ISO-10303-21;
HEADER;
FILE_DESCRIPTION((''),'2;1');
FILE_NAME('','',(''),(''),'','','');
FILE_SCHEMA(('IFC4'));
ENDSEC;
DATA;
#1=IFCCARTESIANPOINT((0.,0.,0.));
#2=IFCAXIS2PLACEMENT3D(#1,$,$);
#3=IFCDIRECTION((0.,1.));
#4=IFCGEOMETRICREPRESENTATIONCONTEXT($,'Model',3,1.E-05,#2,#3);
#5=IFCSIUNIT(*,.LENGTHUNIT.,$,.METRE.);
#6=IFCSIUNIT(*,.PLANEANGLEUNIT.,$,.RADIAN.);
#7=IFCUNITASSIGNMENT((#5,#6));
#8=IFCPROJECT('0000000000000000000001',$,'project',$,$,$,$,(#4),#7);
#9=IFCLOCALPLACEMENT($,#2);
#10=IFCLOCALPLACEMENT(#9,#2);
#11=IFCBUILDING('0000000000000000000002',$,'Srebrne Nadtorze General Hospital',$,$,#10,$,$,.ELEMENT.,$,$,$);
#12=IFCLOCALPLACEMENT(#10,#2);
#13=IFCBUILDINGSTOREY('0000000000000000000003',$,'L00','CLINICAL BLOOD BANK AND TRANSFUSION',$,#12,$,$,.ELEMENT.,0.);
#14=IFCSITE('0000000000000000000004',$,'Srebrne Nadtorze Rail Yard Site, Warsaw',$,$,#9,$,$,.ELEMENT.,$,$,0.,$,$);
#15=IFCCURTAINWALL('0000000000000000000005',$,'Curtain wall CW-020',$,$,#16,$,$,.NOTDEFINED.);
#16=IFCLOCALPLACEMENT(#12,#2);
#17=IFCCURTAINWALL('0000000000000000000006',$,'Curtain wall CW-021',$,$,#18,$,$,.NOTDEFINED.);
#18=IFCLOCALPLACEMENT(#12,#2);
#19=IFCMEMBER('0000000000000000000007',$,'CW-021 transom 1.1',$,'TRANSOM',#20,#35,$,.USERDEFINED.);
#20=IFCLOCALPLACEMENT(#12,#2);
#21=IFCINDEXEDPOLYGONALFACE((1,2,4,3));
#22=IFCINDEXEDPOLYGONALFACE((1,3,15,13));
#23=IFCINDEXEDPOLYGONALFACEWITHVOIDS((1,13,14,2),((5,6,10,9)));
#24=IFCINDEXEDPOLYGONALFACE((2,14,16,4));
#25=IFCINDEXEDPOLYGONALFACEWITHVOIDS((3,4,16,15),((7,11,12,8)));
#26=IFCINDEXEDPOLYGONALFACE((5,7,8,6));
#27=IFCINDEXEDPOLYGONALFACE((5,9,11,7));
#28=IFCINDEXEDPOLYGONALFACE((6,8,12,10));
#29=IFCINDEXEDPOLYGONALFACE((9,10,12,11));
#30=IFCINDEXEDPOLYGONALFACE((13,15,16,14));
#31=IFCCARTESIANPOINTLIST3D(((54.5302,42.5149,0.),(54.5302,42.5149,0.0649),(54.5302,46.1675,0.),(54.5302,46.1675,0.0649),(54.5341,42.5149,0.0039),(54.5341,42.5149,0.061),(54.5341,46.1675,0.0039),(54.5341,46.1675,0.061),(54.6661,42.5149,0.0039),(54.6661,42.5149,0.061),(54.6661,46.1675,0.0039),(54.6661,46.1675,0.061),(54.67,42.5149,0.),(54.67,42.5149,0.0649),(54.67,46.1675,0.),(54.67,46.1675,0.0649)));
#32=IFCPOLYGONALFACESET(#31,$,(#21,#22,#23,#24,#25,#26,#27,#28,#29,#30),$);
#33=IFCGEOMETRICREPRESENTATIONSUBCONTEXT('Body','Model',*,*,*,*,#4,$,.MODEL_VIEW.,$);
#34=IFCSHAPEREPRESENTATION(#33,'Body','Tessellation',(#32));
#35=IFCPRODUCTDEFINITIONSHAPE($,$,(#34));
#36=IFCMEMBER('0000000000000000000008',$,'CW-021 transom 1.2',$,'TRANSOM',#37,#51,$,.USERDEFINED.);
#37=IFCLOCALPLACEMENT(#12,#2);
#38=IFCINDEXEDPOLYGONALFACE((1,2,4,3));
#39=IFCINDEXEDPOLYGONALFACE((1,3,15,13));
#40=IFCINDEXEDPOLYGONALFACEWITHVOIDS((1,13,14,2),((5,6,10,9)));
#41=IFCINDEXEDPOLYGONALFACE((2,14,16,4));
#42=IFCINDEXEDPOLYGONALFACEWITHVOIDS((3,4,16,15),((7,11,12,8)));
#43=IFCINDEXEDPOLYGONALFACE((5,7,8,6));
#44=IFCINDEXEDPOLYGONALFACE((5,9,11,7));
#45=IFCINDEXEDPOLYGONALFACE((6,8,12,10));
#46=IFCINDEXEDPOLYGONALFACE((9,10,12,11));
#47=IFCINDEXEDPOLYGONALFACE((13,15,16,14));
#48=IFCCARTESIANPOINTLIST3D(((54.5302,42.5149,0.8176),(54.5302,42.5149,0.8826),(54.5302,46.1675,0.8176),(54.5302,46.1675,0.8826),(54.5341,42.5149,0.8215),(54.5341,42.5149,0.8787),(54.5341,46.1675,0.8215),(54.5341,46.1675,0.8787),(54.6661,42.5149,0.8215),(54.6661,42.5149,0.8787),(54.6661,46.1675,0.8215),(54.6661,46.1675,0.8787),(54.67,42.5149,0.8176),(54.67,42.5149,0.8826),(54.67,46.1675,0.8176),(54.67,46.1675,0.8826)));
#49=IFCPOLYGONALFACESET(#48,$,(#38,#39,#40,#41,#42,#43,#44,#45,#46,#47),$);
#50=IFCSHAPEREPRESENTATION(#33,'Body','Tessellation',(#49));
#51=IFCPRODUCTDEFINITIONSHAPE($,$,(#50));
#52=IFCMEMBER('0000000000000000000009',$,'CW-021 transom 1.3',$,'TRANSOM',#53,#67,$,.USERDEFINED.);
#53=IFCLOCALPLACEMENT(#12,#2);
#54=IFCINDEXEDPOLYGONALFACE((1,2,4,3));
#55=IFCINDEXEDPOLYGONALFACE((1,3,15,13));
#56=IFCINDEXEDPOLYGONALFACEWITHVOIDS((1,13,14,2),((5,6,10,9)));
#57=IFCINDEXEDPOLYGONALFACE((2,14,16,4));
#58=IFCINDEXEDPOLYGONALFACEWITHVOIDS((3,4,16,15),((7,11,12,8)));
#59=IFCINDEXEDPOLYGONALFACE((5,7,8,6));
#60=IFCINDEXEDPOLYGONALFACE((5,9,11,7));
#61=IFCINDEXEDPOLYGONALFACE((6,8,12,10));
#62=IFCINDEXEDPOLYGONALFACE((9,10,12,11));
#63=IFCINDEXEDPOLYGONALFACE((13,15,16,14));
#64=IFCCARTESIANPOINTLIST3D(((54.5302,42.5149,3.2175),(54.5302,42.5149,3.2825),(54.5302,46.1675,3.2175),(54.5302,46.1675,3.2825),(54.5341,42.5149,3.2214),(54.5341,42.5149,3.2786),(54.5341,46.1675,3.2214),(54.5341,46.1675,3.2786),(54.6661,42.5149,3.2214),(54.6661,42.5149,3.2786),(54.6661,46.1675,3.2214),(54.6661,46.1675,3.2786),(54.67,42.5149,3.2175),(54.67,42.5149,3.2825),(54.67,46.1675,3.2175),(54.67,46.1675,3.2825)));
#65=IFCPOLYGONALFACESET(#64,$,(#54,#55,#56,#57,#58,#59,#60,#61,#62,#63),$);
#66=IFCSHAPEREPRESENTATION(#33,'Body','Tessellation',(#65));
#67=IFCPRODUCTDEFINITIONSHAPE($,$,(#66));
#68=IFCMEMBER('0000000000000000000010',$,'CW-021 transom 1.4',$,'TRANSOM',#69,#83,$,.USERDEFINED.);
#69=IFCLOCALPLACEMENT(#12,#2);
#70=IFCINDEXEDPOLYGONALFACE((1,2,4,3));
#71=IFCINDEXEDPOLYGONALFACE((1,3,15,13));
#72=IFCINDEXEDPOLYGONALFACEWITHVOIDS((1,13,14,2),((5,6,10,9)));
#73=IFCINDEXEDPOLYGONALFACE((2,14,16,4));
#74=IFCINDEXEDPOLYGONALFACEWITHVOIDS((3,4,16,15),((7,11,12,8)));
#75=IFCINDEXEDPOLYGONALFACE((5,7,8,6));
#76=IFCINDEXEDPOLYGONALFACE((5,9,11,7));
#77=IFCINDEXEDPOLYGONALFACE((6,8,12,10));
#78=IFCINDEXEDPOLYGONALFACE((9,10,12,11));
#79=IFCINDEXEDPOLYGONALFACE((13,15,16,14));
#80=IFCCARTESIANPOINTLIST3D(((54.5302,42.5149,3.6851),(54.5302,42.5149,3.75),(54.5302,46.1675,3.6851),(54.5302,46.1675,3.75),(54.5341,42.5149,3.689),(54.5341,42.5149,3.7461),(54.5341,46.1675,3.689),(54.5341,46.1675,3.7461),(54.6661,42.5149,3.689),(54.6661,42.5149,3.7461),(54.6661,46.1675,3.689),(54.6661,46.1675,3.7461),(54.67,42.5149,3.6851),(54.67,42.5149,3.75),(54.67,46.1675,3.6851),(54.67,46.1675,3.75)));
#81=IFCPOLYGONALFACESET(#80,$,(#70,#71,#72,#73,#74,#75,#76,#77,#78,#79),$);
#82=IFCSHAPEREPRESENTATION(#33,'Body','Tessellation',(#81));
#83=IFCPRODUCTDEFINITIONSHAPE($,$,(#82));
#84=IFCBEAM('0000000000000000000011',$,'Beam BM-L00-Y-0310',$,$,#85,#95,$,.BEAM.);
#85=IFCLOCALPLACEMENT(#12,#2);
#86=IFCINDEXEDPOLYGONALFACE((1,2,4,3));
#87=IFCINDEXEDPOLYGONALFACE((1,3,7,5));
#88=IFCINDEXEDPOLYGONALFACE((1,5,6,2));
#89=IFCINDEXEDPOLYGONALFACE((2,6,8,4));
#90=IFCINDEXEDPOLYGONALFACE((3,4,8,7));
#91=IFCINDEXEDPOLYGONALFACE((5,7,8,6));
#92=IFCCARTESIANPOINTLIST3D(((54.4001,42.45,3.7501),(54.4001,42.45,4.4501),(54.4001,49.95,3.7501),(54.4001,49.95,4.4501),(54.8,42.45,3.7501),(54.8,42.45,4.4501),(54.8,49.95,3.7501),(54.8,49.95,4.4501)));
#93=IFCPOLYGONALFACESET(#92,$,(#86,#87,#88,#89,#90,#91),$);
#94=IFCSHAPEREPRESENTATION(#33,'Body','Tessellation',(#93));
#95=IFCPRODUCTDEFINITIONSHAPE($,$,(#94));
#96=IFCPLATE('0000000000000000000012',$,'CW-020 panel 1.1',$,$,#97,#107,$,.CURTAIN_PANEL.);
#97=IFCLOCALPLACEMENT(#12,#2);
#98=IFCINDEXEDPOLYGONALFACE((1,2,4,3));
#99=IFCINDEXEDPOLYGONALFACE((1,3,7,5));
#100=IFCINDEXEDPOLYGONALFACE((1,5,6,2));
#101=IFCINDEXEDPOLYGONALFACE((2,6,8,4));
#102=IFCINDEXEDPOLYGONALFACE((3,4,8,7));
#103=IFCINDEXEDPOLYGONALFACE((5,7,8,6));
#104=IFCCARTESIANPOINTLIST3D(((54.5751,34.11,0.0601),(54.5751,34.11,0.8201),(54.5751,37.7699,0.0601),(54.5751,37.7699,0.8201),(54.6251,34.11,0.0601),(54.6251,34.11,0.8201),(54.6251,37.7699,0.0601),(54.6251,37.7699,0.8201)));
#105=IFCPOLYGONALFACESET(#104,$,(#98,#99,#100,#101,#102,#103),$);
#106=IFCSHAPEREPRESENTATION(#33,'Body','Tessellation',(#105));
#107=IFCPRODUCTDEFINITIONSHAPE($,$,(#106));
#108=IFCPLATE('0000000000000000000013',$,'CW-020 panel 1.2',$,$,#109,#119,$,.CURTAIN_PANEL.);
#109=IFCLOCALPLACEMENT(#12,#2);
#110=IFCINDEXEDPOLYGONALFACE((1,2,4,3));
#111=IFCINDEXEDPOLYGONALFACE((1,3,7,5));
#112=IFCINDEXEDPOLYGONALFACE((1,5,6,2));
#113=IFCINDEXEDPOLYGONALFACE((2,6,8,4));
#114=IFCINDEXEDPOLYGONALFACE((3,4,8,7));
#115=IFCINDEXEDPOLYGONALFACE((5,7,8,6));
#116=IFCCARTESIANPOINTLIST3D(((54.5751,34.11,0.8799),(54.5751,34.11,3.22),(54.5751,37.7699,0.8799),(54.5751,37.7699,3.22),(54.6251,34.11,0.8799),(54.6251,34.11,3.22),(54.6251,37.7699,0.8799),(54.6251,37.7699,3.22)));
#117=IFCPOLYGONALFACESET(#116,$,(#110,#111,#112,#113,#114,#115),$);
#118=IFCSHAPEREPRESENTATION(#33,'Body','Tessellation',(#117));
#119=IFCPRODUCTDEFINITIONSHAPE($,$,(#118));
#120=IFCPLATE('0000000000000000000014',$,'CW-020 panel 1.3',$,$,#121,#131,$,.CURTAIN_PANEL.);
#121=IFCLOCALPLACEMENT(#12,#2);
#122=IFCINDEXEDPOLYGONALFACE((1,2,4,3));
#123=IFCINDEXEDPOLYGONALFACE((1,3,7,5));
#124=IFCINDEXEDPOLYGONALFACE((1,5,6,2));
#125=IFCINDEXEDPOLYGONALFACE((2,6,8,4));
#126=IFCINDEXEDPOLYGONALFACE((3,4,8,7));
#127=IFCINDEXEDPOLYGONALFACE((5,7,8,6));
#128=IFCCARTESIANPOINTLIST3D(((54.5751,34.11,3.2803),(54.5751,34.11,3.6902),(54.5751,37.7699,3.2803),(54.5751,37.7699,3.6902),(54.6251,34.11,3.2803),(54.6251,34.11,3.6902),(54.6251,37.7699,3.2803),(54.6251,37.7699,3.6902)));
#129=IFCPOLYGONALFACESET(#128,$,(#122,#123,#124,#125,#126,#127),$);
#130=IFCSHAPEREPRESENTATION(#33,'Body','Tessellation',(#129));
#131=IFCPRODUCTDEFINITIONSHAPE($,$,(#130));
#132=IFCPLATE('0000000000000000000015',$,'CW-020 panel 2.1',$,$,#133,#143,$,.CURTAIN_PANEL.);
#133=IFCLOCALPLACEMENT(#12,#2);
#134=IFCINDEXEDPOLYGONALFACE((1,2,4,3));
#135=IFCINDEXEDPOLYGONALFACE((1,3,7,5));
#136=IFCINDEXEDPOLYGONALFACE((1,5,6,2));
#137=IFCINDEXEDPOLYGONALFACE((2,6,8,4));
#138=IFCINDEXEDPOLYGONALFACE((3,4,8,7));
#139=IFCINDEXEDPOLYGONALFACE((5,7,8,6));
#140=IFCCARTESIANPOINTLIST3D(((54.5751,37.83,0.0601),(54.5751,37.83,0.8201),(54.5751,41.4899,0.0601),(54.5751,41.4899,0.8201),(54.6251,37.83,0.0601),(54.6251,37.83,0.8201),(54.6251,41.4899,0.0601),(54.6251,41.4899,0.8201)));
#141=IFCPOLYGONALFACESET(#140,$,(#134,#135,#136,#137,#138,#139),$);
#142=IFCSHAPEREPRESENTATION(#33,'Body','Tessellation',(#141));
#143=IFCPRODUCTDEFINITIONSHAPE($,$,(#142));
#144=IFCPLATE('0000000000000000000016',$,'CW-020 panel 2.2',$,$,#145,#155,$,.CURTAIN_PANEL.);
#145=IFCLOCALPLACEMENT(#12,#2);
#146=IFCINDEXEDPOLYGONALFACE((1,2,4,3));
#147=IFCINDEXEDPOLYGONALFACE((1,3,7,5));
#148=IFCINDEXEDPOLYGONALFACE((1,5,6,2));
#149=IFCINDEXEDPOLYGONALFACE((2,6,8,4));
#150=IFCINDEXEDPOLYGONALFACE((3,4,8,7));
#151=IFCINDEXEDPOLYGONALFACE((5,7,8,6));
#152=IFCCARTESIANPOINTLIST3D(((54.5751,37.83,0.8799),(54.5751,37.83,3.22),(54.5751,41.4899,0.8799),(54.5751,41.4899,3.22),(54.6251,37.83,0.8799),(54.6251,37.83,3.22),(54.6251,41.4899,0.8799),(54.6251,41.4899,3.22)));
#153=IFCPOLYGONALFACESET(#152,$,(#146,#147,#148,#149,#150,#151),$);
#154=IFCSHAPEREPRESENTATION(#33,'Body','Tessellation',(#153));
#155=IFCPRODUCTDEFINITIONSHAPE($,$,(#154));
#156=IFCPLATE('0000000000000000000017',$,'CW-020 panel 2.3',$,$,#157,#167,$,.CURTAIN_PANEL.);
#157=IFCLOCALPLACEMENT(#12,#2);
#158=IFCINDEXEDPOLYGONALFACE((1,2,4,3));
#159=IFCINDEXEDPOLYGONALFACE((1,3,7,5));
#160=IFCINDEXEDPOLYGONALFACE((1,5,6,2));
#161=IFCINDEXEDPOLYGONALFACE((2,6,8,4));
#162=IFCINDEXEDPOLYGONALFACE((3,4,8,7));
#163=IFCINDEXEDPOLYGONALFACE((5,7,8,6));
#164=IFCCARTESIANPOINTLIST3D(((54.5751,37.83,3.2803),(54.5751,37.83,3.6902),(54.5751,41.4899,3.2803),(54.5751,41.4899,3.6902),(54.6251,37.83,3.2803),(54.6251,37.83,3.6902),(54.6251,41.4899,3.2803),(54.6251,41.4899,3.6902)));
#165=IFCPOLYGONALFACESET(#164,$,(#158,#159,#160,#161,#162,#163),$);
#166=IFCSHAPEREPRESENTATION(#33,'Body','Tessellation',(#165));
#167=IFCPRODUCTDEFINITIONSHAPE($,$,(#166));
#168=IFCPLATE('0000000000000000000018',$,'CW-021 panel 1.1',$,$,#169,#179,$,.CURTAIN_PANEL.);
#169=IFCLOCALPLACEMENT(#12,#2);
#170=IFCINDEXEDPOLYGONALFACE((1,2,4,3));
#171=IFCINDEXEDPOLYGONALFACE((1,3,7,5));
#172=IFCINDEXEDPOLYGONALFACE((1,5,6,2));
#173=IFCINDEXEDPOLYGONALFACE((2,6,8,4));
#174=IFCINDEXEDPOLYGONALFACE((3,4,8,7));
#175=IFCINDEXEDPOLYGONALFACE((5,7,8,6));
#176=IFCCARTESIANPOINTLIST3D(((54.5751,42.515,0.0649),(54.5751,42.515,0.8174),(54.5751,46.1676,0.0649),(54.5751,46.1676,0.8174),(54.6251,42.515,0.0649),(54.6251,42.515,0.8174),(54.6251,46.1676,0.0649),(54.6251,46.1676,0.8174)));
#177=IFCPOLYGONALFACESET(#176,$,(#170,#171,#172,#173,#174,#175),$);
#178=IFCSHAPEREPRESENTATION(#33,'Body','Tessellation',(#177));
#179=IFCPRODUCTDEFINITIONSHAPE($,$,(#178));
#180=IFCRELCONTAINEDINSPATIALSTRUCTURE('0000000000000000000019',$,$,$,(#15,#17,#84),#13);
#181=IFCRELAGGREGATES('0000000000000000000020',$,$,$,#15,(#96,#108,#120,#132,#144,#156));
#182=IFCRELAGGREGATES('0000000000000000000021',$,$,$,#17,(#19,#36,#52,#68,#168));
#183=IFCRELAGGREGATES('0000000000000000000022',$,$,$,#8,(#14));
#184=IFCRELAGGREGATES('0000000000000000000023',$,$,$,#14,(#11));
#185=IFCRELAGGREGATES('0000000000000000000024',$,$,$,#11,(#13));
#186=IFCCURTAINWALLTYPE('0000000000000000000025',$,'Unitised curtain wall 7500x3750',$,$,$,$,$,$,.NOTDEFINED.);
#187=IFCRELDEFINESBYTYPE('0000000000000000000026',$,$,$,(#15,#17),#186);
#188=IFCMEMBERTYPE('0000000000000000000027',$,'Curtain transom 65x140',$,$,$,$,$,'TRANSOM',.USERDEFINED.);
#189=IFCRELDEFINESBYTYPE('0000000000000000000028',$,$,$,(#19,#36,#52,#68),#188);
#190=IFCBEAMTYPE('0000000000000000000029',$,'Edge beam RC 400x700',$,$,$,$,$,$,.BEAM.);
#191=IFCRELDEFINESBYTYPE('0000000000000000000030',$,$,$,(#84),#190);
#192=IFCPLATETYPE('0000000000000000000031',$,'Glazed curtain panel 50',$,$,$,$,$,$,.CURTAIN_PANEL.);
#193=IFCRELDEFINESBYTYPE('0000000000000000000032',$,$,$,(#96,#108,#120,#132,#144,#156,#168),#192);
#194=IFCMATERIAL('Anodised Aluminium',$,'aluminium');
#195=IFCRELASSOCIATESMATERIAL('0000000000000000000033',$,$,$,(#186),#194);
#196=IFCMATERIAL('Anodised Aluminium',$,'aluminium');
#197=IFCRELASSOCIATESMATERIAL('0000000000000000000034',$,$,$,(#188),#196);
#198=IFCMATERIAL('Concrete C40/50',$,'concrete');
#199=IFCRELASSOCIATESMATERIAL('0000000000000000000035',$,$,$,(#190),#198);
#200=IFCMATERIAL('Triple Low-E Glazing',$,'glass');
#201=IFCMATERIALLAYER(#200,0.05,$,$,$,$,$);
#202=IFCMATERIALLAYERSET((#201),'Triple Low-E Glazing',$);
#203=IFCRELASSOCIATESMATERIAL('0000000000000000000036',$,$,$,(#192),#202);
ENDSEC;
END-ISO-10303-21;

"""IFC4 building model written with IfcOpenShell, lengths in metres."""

from ifc_helpers import new_model, si_unit, direction, frame, origin, origin_2d, place, context, subcontext, project, spatial, rectangle, hollow_rectangle, extrude, material, layer, layer_set, material_profile, profile_set, type_object, element, aggregate, save


model = new_model("IFC4")

# Units and contexts
model_context = context("Model", 3, precision=1e-05, world=origin(), true_north=direction((0.0, 1.0)))
body_context = subcontext(model_context, "Body", "Model", "MODEL_VIEW")
ifc_project = project(units=[si_unit("LENGTHUNIT", "METRE"), si_unit("PLANEANGLEUNIT", "RADIAN")], contexts=[model_context])

# Site, building, storey
site_placement = place(None, origin())
site = spatial("IfcSite", under=ifc_project, at=site_placement, Name="Srebrne Nadtorze Rail Yard Site, Warsaw", CompositionType="ELEMENT", RefElevation=0.0)
building_placement = place(site_placement, origin())
building = spatial("IfcBuilding", under=site, at=building_placement, Name="Srebrne Nadtorze General Hospital", CompositionType="ELEMENT")
storey_placement = place(building_placement, origin())
storey = spatial("IfcBuildingStorey", under=building, at=storey_placement, Name="L00", Description="CLINICAL BLOOD BANK AND TRANSFUSION", CompositionType="ELEMENT", Elevation=0.0)

# Curtain wall
ifc_material_1 = material(Name="Anodised Aluminium", Category="aluminium")
curtain_wall_type = type_object("IfcCurtainWallType", Name="Unitised curtain wall 7500x3750", PredefinedType="NOTDEFINED", material=ifc_material_1)
curtain_wall_1_placement = place(storey_placement, origin())
curtain_wall_1 = element("IfcCurtainWall", 1, at=curtain_wall_1_placement, inside=storey, type_object=curtain_wall_type, Name="Curtain wall CW-020", PredefinedType="NOTDEFINED")

# Curtain wall
curtain_wall_2_placement = place(storey_placement, origin())
curtain_wall_2 = element("IfcCurtainWall", 2, at=curtain_wall_2_placement, inside=storey, type_object=curtain_wall_type, Name="Curtain wall CW-021", PredefinedType="NOTDEFINED")

# Members
ifc_material_2 = material(Name="Anodised Aluminium", Category="aluminium")
ifc_material_profile_1 = material_profile(ifc_material_2, hollow_rectangle(XDim=0.0649, YDim=0.1399, WallThickness=0.0039, at=origin_2d()), Name="AL-TRN-65x140")
ifc_profile_set_1 = profile_set([ifc_material_profile_1], Name="Anodised Aluminium")
member_type_1 = type_object("IfcMemberType", Name="Curtain transom 65x140", ElementType="TRANSOM", PredefinedType="USERDEFINED", material=ifc_profile_set_1)
member_1_placement = place(storey_placement, frame((54.6001, 42.5149, 0.0325), z_axis=(0.0, 1.0, 0.0), x_axis=(0.0, 0.0, 1.0)))
member_1 = element("IfcMember", 3, at=member_1_placement, type_object=member_type_1, Name="CW-021 transom 1.1", ObjectType="TRANSOM", PredefinedType="USERDEFINED", context=body_context, shape_type="SweptSolid", body=[
    extrude(hollow_rectangle(XDim=0.0649, YDim=0.1399, WallThickness=0.0039, at=origin_2d()), origin(), (0.0, 0.0, 1.0), 3.6526),
])
member_2_placement = place(storey_placement, frame((54.6001, 42.5149, 0.8501), z_axis=(0.0, 1.0, 0.0), x_axis=(0.0, 0.0, 1.0)))
member_2 = element("IfcMember", 4, at=member_2_placement, type_object=member_type_1, Name="CW-021 transom 1.2", ObjectType="TRANSOM", PredefinedType="USERDEFINED", context=body_context, shape_type="SweptSolid", body=[
    extrude(hollow_rectangle(XDim=0.0649, YDim=0.1399, WallThickness=0.0039, at=origin_2d()), origin(), (0.0, 0.0, 1.0), 3.6526),
])
member_3_placement = place(storey_placement, frame((54.6001, 42.5149, 3.25), z_axis=(0.0, 1.0, 0.0), x_axis=(0.0, 0.0, 1.0)))
member_3 = element("IfcMember", 5, at=member_3_placement, type_object=member_type_1, Name="CW-021 transom 1.3", ObjectType="TRANSOM", PredefinedType="USERDEFINED", context=body_context, shape_type="SweptSolid", body=[
    extrude(hollow_rectangle(XDim=0.0649, YDim=0.1399, WallThickness=0.0039, at=origin_2d()), origin(), (0.0, 0.0, 1.0), 3.6526),
])
member_4_placement = place(storey_placement, frame((54.6001, 42.5149, 3.7175), z_axis=(0.0, 1.0, 0.0), x_axis=(0.0, 0.0, 1.0)))
member_4 = element("IfcMember", 6, at=member_4_placement, type_object=member_type_1, Name="CW-021 transom 1.4", ObjectType="TRANSOM", PredefinedType="USERDEFINED", context=body_context, shape_type="SweptSolid", body=[
    extrude(hollow_rectangle(XDim=0.0649, YDim=0.1399, WallThickness=0.0039, at=origin_2d()), origin(), (0.0, 0.0, 1.0), 3.6526),
])

# Beam
ifc_material_3 = material(Name="Concrete C40/50", Category="concrete")
ifc_material_profile_2 = material_profile(ifc_material_3, rectangle(XDim=0.3999, YDim=0.7, at=origin_2d()), Name="RC-BM-400x700")
ifc_profile_set_2 = profile_set([ifc_material_profile_2], Name="Concrete C40/50")
beam_type = type_object("IfcBeamType", Name="Edge beam RC 400x700", PredefinedType="BEAM", material=ifc_profile_set_2)
beam_placement = place(storey_placement, frame((54.6001, 42.45, 4.1001), z_axis=(0.0, 1.0, 0.0), x_axis=(-1.0, 0.0, 0.0)))
element("IfcBeam", 7, at=beam_placement, inside=storey, type_object=beam_type, Name="Beam BM-L00-Y-0310", PredefinedType="BEAM", context=body_context, shape_type="SweptSolid", body=[
    extrude(rectangle(XDim=0.3999, YDim=0.7, at=origin_2d()), origin(), (0.0, 0.0, 1.0), 7.5),
])

# Plates
ifc_material_4 = material(Name="Triple Low-E Glazing", Category="glass")
ifc_layer = layer(ifc_material_4, 0.05)
ifc_layer_set = layer_set([ifc_layer], Name="Triple Low-E Glazing")
plate_type = type_object("IfcPlateType", Name="Glazed curtain panel 50", PredefinedType="CURTAIN_PANEL", material=ifc_layer_set)
plate_1_placement = place(storey_placement, frame((54.6001, 35.9399, 0.0601), z_axis=(0.0, 0.0, 1.0), x_axis=(0.0, 1.0, 0.0)))
plate_1 = element("IfcPlate", 8, at=plate_1_placement, type_object=plate_type, Name="CW-020 panel 1.1", PredefinedType="CURTAIN_PANEL", context=body_context, shape_type="SweptSolid", body=[
    extrude(rectangle(XDim=3.6599, YDim=0.05, at=origin_2d()), origin(), (0.0, 0.0, 1.0), 0.76),
])
plate_2_placement = place(storey_placement, frame((54.6001, 35.9399, 0.8799), z_axis=(0.0, 0.0, 1.0), x_axis=(0.0, 1.0, 0.0)))
plate_2 = element("IfcPlate", 9, at=plate_2_placement, type_object=plate_type, Name="CW-020 panel 1.2", PredefinedType="CURTAIN_PANEL", context=body_context, shape_type="SweptSolid", body=[
    extrude(rectangle(XDim=3.6599, YDim=0.05, at=origin_2d()), origin(), (0.0, 0.0, 1.0), 2.3401),
])
plate_3_placement = place(storey_placement, frame((54.6001, 35.9399, 3.2803), z_axis=(0.0, 0.0, 1.0), x_axis=(0.0, 1.0, 0.0)))
plate_3 = element("IfcPlate", 10, at=plate_3_placement, type_object=plate_type, Name="CW-020 panel 1.3", PredefinedType="CURTAIN_PANEL", context=body_context, shape_type="SweptSolid", body=[
    extrude(rectangle(XDim=3.6599, YDim=0.05, at=origin_2d()), origin(), (0.0, 0.0, 1.0), 0.4099),
])
plate_4_placement = place(storey_placement, frame((54.6001, 39.6599, 0.0601), z_axis=(0.0, 0.0, 1.0), x_axis=(0.0, 1.0, 0.0)))
plate_4 = element("IfcPlate", 11, at=plate_4_placement, type_object=plate_type, Name="CW-020 panel 2.1", PredefinedType="CURTAIN_PANEL", context=body_context, shape_type="SweptSolid", body=[
    extrude(rectangle(XDim=3.6599, YDim=0.05, at=origin_2d()), origin(), (0.0, 0.0, 1.0), 0.76),
])
plate_5_placement = place(storey_placement, frame((54.6001, 39.6599, 0.8799), z_axis=(0.0, 0.0, 1.0), x_axis=(0.0, 1.0, 0.0)))
plate_5 = element("IfcPlate", 12, at=plate_5_placement, type_object=plate_type, Name="CW-020 panel 2.2", PredefinedType="CURTAIN_PANEL", context=body_context, shape_type="SweptSolid", body=[
    extrude(rectangle(XDim=3.6599, YDim=0.05, at=origin_2d()), origin(), (0.0, 0.0, 1.0), 2.3401),
])
plate_6_placement = place(storey_placement, frame((54.6001, 39.6599, 3.2803), z_axis=(0.0, 0.0, 1.0), x_axis=(0.0, 1.0, 0.0)))
plate_6 = element("IfcPlate", 13, at=plate_6_placement, type_object=plate_type, Name="CW-020 panel 2.3", PredefinedType="CURTAIN_PANEL", context=body_context, shape_type="SweptSolid", body=[
    extrude(rectangle(XDim=3.6599, YDim=0.05, at=origin_2d()), origin(), (0.0, 0.0, 1.0), 0.4099),
])
aggregate(curtain_wall_1, [plate_1, plate_2, plate_3, plate_4, plate_5, plate_6])
plate_7_placement = place(storey_placement, frame((54.6001, 44.3413, 0.0649), z_axis=(0.0, 0.0, 1.0), x_axis=(0.0, 1.0, 0.0)))
plate_7 = element("IfcPlate", 14, at=plate_7_placement, type_object=plate_type, Name="CW-021 panel 1.1", PredefinedType="CURTAIN_PANEL", context=body_context, shape_type="SweptSolid", body=[
    extrude(rectangle(XDim=3.6526, YDim=0.05, at=origin_2d()), origin(), (0.0, 0.0, 1.0), 0.7524),
])
aggregate(curtain_wall_2, [member_1, member_2, member_3, member_4, plate_7])

save(model, "model.ifc")
